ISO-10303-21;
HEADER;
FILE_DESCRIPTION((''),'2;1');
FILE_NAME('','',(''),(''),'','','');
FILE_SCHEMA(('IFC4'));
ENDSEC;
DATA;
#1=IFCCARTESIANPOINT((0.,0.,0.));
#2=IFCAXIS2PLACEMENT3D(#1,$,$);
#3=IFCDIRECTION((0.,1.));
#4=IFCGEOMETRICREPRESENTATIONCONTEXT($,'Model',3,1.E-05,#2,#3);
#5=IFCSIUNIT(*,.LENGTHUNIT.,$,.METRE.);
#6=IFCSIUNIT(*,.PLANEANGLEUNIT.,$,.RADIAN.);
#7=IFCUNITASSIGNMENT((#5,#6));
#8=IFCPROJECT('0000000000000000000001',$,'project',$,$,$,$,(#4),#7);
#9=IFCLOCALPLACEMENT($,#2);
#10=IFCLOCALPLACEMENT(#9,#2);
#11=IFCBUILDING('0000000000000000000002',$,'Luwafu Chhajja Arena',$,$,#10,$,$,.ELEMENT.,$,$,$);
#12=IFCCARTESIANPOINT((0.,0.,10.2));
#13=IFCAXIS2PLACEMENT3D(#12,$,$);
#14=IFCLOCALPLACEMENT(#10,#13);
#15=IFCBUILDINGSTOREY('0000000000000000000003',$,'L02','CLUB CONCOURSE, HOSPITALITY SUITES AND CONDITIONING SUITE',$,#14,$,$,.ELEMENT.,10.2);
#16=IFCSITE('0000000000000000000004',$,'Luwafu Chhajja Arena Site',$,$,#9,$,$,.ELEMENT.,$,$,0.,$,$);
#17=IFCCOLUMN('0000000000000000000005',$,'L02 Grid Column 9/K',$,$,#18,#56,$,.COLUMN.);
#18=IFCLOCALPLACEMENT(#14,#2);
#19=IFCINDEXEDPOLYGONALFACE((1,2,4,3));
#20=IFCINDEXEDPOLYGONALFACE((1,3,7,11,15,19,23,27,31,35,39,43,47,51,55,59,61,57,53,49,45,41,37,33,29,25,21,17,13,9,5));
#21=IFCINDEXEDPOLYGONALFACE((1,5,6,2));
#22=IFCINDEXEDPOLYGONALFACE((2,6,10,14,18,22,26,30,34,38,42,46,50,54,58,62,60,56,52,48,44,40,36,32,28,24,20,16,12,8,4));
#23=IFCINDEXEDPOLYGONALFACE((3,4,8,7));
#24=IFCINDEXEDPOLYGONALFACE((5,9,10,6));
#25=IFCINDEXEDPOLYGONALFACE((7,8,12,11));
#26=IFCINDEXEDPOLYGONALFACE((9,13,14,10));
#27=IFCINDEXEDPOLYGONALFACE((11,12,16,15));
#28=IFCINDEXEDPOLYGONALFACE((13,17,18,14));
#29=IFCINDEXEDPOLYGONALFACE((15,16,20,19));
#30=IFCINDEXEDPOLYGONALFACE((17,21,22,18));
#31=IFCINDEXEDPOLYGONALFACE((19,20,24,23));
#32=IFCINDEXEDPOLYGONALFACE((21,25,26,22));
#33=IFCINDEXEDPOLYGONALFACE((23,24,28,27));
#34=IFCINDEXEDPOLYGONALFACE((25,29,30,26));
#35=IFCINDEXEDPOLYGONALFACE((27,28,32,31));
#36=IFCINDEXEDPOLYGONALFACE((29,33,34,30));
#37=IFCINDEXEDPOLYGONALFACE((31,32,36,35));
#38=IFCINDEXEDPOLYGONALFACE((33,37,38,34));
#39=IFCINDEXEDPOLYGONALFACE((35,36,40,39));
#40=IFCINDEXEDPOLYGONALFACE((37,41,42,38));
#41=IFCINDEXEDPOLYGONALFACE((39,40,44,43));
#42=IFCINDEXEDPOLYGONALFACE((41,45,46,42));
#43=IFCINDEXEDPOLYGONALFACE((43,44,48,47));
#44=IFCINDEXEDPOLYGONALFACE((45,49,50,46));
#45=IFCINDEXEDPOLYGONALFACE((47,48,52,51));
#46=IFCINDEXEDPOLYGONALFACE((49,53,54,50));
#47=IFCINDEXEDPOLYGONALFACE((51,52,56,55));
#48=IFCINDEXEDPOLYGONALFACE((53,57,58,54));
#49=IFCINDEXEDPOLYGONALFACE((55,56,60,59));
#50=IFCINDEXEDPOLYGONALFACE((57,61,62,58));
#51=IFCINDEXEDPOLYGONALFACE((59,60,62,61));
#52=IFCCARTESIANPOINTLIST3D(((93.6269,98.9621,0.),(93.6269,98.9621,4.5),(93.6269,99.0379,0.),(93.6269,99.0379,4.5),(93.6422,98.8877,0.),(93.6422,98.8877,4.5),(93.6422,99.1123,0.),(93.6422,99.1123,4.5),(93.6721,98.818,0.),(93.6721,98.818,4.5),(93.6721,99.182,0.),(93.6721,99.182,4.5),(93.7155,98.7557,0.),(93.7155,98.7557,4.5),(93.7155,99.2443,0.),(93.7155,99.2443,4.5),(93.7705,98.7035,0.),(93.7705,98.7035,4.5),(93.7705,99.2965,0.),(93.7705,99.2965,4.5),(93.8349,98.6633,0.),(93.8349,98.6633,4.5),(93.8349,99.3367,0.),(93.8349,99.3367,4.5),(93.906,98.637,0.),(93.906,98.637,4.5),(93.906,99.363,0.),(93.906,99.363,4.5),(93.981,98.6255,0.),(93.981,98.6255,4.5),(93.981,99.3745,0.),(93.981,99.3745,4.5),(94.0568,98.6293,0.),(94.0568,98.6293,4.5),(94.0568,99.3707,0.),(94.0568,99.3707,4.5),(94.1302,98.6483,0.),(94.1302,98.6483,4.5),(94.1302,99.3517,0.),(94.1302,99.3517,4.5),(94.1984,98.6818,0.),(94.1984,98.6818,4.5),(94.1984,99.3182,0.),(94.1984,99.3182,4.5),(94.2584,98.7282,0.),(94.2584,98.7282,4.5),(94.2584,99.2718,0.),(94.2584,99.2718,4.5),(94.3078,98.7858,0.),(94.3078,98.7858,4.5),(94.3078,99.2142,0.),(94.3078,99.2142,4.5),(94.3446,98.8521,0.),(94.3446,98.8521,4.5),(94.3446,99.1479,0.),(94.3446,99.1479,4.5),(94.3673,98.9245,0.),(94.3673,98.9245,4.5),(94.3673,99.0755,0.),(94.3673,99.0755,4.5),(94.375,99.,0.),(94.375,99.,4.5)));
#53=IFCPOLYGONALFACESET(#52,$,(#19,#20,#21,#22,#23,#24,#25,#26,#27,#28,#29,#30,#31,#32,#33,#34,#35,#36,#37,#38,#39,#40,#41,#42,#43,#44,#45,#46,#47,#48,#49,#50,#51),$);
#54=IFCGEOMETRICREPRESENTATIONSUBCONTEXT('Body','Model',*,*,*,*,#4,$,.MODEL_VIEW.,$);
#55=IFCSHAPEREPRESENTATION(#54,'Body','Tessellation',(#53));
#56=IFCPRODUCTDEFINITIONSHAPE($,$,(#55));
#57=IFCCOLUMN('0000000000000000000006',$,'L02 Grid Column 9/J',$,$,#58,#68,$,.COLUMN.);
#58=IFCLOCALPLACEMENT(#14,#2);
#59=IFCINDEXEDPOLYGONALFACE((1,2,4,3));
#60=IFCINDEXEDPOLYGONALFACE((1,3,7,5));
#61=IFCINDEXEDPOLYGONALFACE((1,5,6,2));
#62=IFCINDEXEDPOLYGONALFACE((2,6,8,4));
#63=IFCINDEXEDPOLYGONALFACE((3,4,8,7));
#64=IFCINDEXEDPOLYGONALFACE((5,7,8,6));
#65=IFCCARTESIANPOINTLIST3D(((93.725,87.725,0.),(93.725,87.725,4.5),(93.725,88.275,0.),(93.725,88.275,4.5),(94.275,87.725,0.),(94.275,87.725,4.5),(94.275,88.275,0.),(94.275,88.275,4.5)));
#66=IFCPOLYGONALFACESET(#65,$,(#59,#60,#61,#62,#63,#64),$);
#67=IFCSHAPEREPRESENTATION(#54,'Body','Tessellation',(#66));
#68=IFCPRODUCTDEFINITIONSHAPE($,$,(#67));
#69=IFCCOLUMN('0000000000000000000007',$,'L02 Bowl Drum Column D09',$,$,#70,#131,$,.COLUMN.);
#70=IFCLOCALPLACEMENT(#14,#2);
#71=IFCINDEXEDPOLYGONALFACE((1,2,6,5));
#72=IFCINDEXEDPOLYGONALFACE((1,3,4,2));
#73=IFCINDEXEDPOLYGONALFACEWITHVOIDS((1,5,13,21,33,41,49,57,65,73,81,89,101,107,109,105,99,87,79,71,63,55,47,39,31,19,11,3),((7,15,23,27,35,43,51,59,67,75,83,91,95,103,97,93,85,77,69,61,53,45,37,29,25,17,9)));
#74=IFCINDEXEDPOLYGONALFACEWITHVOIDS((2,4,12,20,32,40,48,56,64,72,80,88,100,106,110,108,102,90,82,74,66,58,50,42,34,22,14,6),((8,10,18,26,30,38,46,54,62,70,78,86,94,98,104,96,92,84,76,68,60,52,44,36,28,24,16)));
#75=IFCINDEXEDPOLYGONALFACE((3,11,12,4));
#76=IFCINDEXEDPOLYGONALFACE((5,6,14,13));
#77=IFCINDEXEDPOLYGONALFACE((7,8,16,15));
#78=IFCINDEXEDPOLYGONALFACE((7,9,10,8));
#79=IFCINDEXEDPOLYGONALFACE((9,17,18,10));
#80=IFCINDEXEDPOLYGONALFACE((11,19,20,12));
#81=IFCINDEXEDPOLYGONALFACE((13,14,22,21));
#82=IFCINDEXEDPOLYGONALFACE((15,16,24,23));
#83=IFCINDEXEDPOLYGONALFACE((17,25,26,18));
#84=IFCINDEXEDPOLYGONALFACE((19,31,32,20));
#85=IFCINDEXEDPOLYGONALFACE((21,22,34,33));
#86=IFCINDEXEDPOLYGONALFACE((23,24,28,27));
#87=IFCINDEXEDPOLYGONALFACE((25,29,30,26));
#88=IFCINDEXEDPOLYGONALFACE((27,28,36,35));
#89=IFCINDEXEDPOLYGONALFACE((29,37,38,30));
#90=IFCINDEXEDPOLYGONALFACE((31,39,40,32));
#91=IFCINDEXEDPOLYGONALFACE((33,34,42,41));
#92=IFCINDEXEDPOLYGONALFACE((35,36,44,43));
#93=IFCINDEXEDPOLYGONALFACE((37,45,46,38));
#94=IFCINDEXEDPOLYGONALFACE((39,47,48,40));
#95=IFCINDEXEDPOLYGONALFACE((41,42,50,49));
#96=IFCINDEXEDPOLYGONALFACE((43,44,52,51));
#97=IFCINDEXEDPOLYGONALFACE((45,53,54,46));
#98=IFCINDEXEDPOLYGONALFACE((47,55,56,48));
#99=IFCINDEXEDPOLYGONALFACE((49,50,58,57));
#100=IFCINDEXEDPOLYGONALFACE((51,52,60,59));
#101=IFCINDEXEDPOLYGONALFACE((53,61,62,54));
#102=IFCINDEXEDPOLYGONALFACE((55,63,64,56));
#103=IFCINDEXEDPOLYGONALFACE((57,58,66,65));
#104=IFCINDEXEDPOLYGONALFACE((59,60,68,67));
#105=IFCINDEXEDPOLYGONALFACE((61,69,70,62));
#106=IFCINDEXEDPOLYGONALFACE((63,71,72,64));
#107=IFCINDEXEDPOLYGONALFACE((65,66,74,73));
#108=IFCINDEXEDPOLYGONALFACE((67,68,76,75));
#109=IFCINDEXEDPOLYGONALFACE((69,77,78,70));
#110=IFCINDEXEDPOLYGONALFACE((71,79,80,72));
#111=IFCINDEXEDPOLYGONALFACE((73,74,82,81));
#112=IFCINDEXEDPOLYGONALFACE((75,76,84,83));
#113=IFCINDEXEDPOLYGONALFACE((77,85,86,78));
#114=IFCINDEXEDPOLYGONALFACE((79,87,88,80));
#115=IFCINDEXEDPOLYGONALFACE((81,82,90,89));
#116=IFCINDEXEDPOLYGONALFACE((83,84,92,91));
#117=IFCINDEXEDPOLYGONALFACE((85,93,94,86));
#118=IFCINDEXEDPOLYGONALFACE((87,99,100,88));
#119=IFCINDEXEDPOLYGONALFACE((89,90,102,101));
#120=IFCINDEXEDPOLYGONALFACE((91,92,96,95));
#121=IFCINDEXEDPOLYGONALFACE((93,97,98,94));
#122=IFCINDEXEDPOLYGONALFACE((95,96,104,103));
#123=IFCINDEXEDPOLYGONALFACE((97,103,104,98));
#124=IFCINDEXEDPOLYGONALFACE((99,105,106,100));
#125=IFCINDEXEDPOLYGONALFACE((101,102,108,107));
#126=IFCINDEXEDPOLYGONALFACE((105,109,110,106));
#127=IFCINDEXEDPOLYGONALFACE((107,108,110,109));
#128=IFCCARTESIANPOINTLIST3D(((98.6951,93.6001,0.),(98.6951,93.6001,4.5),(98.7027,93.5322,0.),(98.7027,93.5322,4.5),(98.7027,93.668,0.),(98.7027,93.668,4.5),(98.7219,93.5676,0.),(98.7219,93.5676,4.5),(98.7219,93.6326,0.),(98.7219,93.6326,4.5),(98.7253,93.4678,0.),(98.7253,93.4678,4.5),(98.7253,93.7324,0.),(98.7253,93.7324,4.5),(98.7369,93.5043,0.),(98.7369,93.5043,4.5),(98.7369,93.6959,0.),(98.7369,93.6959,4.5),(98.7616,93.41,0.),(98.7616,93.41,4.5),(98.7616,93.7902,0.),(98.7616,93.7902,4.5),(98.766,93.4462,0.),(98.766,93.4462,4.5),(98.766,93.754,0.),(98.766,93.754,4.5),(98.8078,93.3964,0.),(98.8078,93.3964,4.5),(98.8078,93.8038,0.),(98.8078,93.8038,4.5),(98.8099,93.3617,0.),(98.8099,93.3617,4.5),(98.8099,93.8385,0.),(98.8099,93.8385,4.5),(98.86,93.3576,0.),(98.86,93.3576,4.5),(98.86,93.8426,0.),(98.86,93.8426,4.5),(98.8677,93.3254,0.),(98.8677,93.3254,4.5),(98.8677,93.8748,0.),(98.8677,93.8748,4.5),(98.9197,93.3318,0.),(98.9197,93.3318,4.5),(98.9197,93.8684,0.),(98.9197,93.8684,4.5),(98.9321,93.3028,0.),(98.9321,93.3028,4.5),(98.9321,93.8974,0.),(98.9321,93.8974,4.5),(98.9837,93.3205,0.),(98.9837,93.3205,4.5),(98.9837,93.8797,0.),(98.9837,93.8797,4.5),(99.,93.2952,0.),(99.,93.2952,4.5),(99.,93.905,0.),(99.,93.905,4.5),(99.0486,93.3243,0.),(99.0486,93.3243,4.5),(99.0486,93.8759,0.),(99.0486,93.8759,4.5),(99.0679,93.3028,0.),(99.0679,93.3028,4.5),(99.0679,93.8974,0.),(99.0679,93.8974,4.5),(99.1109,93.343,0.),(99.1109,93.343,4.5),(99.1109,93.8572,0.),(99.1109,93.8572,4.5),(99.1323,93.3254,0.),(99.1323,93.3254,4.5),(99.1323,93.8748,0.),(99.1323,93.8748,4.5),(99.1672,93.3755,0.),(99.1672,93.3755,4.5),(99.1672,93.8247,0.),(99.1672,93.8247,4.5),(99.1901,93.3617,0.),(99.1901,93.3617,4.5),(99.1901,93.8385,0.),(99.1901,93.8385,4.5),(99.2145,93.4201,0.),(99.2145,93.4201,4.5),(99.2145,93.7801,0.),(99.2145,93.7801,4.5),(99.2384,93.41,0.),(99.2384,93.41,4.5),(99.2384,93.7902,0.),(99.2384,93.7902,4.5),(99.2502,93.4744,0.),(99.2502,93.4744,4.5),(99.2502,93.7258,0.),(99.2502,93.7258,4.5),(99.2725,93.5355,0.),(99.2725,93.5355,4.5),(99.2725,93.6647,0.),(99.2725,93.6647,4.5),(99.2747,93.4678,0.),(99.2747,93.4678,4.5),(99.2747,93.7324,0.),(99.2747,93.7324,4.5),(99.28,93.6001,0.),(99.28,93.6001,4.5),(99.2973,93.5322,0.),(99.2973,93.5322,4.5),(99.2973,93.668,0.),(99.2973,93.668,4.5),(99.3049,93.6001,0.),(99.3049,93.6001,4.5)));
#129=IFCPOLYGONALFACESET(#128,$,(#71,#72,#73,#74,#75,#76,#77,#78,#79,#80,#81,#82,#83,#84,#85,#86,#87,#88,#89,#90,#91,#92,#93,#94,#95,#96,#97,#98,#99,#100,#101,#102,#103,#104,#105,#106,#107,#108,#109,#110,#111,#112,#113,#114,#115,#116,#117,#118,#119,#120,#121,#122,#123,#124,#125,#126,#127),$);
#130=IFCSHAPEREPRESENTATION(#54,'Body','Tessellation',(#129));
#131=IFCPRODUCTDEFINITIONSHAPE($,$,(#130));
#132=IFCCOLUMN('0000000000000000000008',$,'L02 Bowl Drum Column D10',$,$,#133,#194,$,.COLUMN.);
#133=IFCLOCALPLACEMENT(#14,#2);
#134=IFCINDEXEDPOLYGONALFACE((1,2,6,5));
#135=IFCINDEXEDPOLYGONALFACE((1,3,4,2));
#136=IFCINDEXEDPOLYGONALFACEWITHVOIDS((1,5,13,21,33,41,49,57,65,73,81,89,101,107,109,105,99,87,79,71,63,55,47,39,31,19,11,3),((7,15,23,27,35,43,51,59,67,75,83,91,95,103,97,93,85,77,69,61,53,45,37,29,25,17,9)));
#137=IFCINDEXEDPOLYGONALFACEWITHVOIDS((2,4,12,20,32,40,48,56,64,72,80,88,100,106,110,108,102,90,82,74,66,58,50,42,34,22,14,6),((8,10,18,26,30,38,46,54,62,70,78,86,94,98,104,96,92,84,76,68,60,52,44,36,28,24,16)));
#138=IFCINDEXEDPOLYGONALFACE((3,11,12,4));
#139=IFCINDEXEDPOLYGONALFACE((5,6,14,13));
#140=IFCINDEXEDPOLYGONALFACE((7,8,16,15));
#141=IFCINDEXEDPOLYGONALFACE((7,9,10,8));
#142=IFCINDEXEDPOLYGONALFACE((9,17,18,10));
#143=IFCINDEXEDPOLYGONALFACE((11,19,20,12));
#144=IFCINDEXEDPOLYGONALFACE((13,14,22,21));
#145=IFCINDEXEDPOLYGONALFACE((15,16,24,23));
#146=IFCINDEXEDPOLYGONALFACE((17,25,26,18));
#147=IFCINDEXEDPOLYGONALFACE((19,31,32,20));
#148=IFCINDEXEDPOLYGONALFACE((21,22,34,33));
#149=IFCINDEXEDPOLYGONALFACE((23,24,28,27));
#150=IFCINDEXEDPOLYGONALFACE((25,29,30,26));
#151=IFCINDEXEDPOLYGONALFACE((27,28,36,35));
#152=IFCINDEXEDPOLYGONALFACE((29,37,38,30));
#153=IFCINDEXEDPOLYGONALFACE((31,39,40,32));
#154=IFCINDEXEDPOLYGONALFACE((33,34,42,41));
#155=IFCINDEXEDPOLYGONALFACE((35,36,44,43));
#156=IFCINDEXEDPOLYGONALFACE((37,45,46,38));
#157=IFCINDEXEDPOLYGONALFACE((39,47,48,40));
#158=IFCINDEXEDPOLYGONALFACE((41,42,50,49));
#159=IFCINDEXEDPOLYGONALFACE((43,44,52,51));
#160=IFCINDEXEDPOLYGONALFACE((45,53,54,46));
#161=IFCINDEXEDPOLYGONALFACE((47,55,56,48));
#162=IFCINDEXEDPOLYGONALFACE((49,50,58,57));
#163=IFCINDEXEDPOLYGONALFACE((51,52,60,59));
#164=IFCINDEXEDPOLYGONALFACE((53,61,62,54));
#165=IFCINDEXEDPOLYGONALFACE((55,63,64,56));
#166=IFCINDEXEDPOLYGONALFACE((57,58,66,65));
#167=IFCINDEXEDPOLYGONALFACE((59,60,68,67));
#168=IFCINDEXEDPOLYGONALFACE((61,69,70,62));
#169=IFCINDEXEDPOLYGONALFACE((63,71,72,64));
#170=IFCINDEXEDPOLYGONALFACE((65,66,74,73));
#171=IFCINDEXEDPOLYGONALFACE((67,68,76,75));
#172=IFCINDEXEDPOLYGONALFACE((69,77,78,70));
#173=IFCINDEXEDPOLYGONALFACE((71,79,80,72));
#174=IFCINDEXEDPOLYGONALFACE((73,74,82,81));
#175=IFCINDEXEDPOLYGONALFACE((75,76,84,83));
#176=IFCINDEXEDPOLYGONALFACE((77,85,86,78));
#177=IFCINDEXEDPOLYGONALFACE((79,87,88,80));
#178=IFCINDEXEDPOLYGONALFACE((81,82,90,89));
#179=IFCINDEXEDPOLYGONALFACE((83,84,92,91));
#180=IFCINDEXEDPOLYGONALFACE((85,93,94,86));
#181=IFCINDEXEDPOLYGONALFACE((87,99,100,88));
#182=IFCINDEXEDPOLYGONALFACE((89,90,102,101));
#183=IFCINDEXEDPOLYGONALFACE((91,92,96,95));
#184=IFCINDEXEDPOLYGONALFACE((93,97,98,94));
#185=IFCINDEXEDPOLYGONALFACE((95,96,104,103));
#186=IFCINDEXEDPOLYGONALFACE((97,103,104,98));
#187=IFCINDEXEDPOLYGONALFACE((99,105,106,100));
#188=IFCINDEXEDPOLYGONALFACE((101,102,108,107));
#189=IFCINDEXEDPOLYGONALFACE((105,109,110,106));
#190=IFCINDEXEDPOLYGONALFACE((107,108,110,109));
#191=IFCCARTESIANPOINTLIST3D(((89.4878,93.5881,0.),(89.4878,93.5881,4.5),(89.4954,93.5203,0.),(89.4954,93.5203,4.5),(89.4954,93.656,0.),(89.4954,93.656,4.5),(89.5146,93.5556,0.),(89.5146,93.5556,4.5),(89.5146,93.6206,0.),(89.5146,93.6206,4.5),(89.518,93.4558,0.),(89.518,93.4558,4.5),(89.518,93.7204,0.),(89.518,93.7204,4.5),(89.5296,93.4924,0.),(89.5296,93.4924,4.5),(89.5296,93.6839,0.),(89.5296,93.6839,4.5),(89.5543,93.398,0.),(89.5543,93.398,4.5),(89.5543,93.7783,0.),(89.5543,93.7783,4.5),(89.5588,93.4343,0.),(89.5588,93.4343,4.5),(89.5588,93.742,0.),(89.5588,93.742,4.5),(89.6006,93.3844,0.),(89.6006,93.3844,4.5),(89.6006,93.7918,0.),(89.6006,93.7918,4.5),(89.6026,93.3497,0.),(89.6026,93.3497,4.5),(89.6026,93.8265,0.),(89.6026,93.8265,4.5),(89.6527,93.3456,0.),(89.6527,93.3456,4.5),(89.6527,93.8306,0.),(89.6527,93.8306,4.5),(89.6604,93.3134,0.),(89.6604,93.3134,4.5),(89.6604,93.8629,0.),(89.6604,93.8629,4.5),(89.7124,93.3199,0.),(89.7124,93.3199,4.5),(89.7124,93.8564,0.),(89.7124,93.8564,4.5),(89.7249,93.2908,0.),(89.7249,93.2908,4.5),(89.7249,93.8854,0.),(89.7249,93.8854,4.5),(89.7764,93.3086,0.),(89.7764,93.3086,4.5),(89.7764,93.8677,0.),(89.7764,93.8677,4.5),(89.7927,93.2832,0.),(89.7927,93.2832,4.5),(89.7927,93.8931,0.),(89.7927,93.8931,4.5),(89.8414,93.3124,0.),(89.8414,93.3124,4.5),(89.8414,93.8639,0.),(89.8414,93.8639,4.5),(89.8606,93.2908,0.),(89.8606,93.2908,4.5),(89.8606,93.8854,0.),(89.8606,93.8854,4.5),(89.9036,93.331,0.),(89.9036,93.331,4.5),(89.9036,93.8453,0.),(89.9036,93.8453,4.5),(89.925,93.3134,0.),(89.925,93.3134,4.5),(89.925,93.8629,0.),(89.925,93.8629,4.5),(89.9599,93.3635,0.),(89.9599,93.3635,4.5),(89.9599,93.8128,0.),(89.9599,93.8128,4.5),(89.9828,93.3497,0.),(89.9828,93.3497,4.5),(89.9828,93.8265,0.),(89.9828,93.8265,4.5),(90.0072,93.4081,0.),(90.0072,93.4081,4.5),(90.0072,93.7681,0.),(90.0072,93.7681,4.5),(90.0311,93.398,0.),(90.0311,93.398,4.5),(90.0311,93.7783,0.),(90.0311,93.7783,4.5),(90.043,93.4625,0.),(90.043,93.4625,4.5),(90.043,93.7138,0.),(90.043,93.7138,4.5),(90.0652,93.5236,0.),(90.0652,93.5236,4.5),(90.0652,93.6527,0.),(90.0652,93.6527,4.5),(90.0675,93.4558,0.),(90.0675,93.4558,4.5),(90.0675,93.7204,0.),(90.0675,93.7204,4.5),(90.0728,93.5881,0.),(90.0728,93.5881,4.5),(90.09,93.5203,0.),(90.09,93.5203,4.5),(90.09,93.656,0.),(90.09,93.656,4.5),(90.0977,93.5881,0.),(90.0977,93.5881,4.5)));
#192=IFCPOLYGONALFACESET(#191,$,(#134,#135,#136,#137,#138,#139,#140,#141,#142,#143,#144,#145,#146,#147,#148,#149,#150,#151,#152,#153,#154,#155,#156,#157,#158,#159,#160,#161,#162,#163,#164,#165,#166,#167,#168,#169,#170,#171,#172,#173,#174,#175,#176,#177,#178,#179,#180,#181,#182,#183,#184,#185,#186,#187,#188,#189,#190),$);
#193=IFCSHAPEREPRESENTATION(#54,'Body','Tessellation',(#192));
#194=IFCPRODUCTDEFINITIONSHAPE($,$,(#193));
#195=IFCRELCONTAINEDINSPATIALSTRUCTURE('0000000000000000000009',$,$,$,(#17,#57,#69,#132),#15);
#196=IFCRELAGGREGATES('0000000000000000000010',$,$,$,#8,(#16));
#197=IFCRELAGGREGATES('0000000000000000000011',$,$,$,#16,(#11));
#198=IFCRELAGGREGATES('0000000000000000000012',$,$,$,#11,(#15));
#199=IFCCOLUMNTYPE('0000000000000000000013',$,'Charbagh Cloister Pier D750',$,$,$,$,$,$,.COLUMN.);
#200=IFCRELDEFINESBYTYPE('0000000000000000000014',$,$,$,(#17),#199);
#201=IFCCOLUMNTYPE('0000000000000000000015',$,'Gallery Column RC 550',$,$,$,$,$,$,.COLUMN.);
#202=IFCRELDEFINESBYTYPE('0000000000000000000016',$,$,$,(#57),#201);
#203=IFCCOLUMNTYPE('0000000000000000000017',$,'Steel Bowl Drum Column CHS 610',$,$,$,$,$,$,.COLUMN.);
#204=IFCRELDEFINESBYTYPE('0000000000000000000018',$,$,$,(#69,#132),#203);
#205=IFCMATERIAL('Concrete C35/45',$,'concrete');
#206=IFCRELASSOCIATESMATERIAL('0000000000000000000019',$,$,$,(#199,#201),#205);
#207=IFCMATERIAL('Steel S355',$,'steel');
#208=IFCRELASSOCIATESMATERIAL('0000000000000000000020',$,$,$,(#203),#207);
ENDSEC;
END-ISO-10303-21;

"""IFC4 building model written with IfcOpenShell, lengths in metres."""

from ifc_helpers import new_model, si_unit, direction, frame, origin, origin_2d, place, context, subcontext, project, spatial, rectangle, circle, hollow_circle, extrude, material, material_profile, profile_set, type_object, element, save


model = new_model("IFC4")

# Units and contexts
model_context = context("Model", 3, precision=1e-05, world=origin(), true_north=direction((0.0, 1.0)))
body_context = subcontext(model_context, "Body", "Model", "MODEL_VIEW")
ifc_project = project(units=[si_unit("LENGTHUNIT", "METRE"), si_unit("PLANEANGLEUNIT", "RADIAN")], contexts=[model_context])

# Site, building, storey
site_placement = place(None, origin())
site = spatial("IfcSite", under=ifc_project, at=site_placement, Name="Luwafu Chhajja Arena Site", CompositionType="ELEMENT", RefElevation=0.0)
building_placement = place(site_placement, origin())
building = spatial("IfcBuilding", under=site, at=building_placement, Name="Luwafu Chhajja Arena", CompositionType="ELEMENT")
storey_placement = place(building_placement, frame((0.0, 0.0, 10.2)))
storey = spatial("IfcBuildingStorey", under=building, at=storey_placement, Name="L02", Description="CLUB CONCOURSE, HOSPITALITY SUITES AND CONDITIONING SUITE", CompositionType="ELEMENT", Elevation=10.2)

# Columns
ifc_material_1 = material(Name="Concrete C35/45", Category="concrete")
ifc_material_profile_1 = material_profile(ifc_material_1, circle(Radius=0.375, at=origin_2d()), Name="RC COL D750")
ifc_profile_set_1 = profile_set([ifc_material_profile_1], Name="Concrete C35/45")
column_type_1 = type_object("IfcColumnType", Name="Charbagh Cloister Pier D750", PredefinedType="COLUMN", material=ifc_profile_set_1)
column_1_placement = place(storey_placement, frame((94.0, 99.0, 0.0), z_axis=(0.0, 0.0, 1.0), x_axis=(1.0, 0.0, 0.0)))
element("IfcColumn", 1, at=column_1_placement, inside=storey, type_object=column_type_1, Name="L02 Grid Column 9/K", PredefinedType="COLUMN", context=body_context, shape_type="SweptSolid", body=[
    extrude(circle(Radius=0.375, at=origin_2d()), origin(), (0.0, 0.0, 1.0), 4.5),
])
ifc_material_profile_2 = material_profile(ifc_material_1, rectangle(XDim=0.55, YDim=0.55, at=origin_2d()), Name="RC 550x550")
ifc_profile_set_2 = profile_set([ifc_material_profile_2], Name="Concrete C35/45")
column_type_2 = type_object("IfcColumnType", Name="Gallery Column RC 550", PredefinedType="COLUMN", material=ifc_profile_set_2)
column_2_placement = place(storey_placement, frame((94.0, 88.0, 0.0), z_axis=(0.0, 0.0, 1.0), x_axis=(1.0, 0.0, 0.0)))
element("IfcColumn", 2, at=column_2_placement, inside=storey, type_object=column_type_2, Name="L02 Grid Column 9/J", PredefinedType="COLUMN", context=body_context, shape_type="SweptSolid", body=[
    extrude(rectangle(XDim=0.55, YDim=0.55, at=origin_2d()), origin(), (0.0, 0.0, 1.0), 4.5),
])
ifc_material_2 = material(Name="Steel S355", Category="steel")
ifc_material_profile_3 = material_profile(ifc_material_2, hollow_circle(Radius=0.3049, WallThickness=0.0249, at=origin_2d()), Name="CHS 610x25")
ifc_profile_set_3 = profile_set([ifc_material_profile_3], Name="Steel S355")
column_type_3 = type_object("IfcColumnType", Name="Steel Bowl Drum Column CHS 610", PredefinedType="COLUMN", material=ifc_profile_set_3)
for number, where, z_axis, x_axis, name in (
    (3, (99.0, 93.6001, 0.0), (0.0, 0.0, 1.0), (1.0, 0.0, 0.0), "L02 Bowl Drum Column D09"),
    (4, (89.7927, 93.5881, 0.0), (0.0, 0.0, 1.0), (1.0, 0.0, 0.0), "L02 Bowl Drum Column D10"),
):
    element("IfcColumn", number, at=place(storey_placement, frame(where, z_axis=z_axis, x_axis=x_axis)), inside=storey, type_object=column_type_3, Name=name, PredefinedType="COLUMN", context=body_context, shape_type="SweptSolid", body=[
        extrude(hollow_circle(Radius=0.3049, WallThickness=0.0249, at=origin_2d()), origin(), (0.0, 0.0, 1.0), 4.5),
    ])

save(model, "model.ifc")
